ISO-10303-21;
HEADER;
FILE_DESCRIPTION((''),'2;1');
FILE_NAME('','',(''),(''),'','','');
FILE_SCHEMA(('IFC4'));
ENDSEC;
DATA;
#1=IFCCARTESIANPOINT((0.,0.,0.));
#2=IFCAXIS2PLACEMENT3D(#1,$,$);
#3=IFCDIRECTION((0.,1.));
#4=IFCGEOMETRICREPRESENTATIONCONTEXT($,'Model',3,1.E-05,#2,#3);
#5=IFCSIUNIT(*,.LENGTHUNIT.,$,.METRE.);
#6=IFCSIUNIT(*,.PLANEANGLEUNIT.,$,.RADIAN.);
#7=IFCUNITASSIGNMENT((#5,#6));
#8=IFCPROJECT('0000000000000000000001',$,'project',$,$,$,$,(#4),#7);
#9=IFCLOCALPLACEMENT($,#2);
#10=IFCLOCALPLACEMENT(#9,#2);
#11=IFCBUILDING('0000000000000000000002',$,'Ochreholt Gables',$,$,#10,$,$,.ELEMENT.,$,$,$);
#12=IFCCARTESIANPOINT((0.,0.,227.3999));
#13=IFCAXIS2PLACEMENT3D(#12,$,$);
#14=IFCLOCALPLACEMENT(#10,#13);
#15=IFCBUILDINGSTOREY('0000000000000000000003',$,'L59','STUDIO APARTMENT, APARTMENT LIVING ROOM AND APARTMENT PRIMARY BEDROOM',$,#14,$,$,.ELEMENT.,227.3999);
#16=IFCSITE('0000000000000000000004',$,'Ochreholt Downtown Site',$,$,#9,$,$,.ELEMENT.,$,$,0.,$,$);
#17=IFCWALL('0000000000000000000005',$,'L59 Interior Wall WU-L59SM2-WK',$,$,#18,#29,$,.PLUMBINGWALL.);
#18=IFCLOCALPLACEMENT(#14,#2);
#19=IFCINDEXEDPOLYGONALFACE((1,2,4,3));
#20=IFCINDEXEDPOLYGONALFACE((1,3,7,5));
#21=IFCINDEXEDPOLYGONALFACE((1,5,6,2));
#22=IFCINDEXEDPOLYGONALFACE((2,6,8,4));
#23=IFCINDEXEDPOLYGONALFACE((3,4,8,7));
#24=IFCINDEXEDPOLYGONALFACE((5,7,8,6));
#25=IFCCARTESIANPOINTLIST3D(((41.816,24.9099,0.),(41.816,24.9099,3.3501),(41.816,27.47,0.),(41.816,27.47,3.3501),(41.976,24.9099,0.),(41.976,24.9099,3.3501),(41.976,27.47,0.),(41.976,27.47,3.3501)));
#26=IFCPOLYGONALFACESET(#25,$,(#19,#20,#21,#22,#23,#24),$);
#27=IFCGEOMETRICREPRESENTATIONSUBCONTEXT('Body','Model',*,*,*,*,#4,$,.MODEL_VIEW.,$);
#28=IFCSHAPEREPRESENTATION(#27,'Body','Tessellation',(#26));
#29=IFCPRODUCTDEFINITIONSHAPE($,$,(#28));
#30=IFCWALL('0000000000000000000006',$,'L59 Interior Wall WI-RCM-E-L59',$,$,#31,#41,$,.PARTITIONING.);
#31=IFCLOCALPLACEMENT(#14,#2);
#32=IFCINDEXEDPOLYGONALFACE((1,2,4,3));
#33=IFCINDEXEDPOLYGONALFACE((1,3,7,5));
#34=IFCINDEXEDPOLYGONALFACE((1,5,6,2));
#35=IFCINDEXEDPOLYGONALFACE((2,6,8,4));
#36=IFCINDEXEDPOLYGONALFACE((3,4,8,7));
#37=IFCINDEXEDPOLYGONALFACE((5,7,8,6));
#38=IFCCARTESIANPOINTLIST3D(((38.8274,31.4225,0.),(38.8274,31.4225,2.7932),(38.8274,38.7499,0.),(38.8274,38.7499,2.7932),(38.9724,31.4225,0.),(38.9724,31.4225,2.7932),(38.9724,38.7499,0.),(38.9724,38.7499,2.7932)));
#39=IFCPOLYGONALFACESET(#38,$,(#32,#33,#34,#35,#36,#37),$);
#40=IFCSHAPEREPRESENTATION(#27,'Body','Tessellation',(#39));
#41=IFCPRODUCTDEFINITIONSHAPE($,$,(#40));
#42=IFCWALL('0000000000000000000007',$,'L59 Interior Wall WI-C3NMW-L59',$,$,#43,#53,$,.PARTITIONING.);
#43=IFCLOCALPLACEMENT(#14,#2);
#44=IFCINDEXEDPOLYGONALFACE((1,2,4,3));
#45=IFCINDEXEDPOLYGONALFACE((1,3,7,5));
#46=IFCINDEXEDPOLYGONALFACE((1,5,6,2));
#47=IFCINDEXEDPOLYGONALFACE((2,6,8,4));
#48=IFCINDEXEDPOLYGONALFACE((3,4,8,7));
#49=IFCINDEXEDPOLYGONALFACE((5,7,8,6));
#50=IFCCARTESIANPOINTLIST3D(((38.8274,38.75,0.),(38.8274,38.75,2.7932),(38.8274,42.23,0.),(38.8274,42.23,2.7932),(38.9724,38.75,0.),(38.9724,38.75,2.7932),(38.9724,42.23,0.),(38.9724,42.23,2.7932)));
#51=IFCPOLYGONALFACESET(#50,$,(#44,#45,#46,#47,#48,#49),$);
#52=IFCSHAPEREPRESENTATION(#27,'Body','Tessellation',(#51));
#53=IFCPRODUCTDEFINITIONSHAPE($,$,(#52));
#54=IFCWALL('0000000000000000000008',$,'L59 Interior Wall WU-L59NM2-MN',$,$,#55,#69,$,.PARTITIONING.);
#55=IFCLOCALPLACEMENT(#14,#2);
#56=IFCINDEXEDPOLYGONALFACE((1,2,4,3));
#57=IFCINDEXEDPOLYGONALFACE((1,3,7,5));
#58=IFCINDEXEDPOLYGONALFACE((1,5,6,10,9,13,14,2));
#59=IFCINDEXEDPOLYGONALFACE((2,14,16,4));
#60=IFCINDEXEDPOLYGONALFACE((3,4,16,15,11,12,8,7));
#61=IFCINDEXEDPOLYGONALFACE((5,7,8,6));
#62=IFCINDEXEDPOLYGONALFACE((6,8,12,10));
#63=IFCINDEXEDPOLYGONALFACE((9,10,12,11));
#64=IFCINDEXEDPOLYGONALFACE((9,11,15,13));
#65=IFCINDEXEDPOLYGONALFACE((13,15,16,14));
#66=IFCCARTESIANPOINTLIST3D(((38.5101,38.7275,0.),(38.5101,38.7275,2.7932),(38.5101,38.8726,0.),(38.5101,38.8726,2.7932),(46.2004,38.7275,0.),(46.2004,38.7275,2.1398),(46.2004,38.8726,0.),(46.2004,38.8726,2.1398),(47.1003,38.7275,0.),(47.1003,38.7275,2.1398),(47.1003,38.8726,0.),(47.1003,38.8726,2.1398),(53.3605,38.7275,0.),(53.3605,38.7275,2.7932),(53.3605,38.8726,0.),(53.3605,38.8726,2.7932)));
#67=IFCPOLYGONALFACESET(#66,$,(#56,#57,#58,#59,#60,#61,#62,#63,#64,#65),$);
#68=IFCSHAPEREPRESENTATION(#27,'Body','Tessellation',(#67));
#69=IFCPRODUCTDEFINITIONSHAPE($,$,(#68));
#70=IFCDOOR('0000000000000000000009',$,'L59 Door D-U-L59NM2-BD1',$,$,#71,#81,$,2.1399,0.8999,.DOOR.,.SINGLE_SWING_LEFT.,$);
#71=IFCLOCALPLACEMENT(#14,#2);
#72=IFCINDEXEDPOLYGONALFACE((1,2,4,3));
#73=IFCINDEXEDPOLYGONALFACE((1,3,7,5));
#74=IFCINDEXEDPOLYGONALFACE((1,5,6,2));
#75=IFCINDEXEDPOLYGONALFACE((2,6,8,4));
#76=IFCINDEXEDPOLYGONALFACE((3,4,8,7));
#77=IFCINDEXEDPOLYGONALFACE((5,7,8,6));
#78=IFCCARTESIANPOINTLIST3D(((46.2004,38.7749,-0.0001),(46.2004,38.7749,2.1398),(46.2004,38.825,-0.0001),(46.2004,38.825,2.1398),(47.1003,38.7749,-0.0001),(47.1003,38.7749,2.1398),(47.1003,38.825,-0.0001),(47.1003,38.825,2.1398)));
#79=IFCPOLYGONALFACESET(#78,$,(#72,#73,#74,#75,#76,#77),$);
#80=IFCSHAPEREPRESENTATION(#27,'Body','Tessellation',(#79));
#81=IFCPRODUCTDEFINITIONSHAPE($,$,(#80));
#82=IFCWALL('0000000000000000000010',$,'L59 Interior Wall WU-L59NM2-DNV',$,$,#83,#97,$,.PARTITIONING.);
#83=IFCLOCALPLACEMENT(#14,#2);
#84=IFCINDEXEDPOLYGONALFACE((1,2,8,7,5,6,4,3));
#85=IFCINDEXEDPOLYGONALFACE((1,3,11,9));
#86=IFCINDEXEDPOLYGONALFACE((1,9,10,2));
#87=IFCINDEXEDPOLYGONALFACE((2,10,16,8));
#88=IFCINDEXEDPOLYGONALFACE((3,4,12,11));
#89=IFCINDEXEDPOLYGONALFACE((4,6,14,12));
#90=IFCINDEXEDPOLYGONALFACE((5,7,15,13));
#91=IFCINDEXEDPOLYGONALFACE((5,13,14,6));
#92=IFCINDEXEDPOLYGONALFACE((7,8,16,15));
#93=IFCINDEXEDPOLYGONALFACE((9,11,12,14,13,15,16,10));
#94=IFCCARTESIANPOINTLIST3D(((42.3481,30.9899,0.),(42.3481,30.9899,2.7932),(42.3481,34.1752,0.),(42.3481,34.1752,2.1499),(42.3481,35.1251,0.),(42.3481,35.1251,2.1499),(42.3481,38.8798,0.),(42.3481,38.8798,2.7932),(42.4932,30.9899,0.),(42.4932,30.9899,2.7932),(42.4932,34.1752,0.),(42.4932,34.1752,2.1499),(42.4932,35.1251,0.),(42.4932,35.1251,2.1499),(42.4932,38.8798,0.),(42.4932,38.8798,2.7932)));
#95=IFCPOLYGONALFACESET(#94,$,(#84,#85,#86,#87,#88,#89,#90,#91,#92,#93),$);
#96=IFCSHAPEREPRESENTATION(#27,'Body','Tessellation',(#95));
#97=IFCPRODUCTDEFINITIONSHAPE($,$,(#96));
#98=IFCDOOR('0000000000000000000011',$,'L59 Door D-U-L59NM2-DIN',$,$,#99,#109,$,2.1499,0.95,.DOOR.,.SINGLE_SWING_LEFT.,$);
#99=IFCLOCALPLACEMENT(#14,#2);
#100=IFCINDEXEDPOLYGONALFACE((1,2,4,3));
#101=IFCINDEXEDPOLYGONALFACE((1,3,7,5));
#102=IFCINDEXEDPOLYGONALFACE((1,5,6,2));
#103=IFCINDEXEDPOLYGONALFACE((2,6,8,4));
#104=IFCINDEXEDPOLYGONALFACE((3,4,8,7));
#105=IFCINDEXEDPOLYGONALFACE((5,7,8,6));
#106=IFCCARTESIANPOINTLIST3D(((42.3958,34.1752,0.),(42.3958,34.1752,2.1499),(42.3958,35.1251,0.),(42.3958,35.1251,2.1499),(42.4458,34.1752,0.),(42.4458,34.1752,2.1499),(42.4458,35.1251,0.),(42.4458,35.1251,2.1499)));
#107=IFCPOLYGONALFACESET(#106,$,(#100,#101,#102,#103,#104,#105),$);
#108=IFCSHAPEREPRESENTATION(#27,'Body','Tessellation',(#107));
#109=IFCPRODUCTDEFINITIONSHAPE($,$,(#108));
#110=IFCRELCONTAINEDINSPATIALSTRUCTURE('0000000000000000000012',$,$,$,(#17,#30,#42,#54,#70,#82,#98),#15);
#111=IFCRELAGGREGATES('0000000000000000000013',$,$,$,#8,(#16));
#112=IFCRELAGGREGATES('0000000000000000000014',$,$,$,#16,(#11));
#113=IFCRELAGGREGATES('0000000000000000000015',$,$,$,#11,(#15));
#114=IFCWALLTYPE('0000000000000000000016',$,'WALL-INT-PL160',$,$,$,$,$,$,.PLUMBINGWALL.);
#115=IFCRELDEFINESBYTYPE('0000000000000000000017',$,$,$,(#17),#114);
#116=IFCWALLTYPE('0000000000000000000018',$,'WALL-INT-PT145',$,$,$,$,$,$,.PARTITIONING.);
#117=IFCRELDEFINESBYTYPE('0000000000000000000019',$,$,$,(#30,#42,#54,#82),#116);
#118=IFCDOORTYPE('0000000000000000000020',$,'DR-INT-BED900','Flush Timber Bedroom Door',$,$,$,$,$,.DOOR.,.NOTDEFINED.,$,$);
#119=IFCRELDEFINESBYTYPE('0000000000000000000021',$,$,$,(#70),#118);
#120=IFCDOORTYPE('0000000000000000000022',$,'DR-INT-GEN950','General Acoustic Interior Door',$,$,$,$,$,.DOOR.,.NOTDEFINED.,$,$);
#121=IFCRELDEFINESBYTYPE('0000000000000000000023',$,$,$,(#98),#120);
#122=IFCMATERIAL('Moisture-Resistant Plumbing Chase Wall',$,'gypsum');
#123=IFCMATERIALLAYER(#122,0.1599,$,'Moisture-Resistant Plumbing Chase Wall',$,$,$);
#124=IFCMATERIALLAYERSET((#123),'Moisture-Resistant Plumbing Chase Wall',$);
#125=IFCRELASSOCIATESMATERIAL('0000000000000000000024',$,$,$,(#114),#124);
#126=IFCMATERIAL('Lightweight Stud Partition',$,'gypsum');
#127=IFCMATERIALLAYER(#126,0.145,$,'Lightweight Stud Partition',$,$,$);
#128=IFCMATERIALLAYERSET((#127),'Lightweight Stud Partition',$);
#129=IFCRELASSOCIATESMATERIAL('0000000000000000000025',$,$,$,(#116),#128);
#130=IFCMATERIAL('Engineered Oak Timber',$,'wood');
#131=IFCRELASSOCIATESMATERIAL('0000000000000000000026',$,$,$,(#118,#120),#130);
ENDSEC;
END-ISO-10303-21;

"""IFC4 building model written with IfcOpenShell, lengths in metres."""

from ifc_helpers import new_model, si_unit, direction, frame, frame_2d, origin, place, context, subcontext, project, spatial, rectangle, extrude, material, layer, layer_set, type_object, element, fill, save


model = new_model("IFC4")

# Units and contexts
model_context = context("Model", 3, precision=1e-05, world=origin(), true_north=direction((0.0, 1.0)))
body_context = subcontext(model_context, "Body", "Model", "MODEL_VIEW")
ifc_project = project(units=[si_unit("LENGTHUNIT", "METRE"), si_unit("PLANEANGLEUNIT", "RADIAN")], contexts=[model_context])

# Site, building, storey
site_placement = place(None, origin())
site = spatial("IfcSite", under=ifc_project, at=site_placement, Name="Ochreholt Downtown Site", CompositionType="ELEMENT", RefElevation=0.0)
building_placement = place(site_placement, origin())
building = spatial("IfcBuilding", under=site, at=building_placement, Name="Ochreholt Gables", CompositionType="ELEMENT")
storey_placement = place(building_placement, frame((0.0, 0.0, 227.3999)))
storey = spatial("IfcBuildingStorey", under=building, at=storey_placement, Name="L59", Description="STUDIO APARTMENT, APARTMENT LIVING ROOM AND APARTMENT PRIMARY BEDROOM", CompositionType="ELEMENT", Elevation=227.3999)

# Shared definitions
ifc_material_1 = material(Name="Engineered Oak Timber", Category="wood")

# Shared definitions
ifc_material_2 = material(Name="Moisture-Resistant Plumbing Chase Wall", Category="gypsum")
ifc_layer_1 = layer(ifc_material_2, 0.1599, Name="Moisture-Resistant Plumbing Chase Wall")
ifc_layer_set_1 = layer_set([ifc_layer_1], Name="Moisture-Resistant Plumbing Chase Wall")
wall_type_1 = type_object("IfcWallType", Name="WALL-INT-PL160", PredefinedType="PLUMBINGWALL", material=ifc_layer_set_1)

# Walls
wall_1_placement = place(storey_placement, frame((41.896, 24.9099, 0.0), z_axis=(0.0, 0.0, 1.0), x_axis=(0.0, 1.0, 0.0)))
element("IfcWall", 1, at=wall_1_placement, inside=storey, type_object=wall_type_1, Name="L59 Interior Wall WU-L59SM2-WK", PredefinedType="PLUMBINGWALL", context=body_context, shape_type="SweptSolid", body=[
    extrude(rectangle(XDim=2.5601, YDim=0.1599, at=frame_2d((1.28, 0.0))), origin(), (0.0, 0.0, 1.0), 3.3501),
])
ifc_material_3 = material(Name="Lightweight Stud Partition", Category="gypsum")
ifc_layer_2 = layer(ifc_material_3, 0.145, Name="Lightweight Stud Partition")
ifc_layer_set_2 = layer_set([ifc_layer_2], Name="Lightweight Stud Partition")
wall_type_2 = type_object("IfcWallType", Name="WALL-INT-PT145", PredefinedType="PARTITIONING", material=ifc_layer_set_2)
wall_2_placement = place(storey_placement, frame((38.8999, 31.4226, 0.0), z_axis=(0.0, 0.0, 1.0), x_axis=(0.0, 1.0, 0.0)))
element("IfcWall", 2, at=wall_2_placement, inside=storey, type_object=wall_type_2, Name="L59 Interior Wall WI-RCM-E-L59", PredefinedType="PARTITIONING", context=body_context, shape_type="SweptSolid", body=[
    extrude(rectangle(XDim=7.3274, YDim=0.145, at=frame_2d((3.6636, 0.0))), origin(), (0.0, 0.0, 1.0), 2.7932),
])
wall_3_placement = place(storey_placement, frame((38.8999, 38.75, 0.0), z_axis=(0.0, 0.0, 1.0), x_axis=(0.0, 1.0, 0.0)))
element("IfcWall", 3, at=wall_3_placement, inside=storey, type_object=wall_type_2, Name="L59 Interior Wall WI-C3NMW-L59", PredefinedType="PARTITIONING", context=body_context, shape_type="SweptSolid", body=[
    extrude(rectangle(XDim=3.48, YDim=0.145, at=frame_2d((1.74, 0.0))), origin(), (0.0, 0.0, 1.0), 2.7932),
])

# Walls, openings, doors
wall_4_placement = place(storey_placement, frame((38.51, 38.8, 0.0), z_axis=(0.0, 0.0, 1.0), x_axis=(1.0, 0.0, 0.0)))
wall_4 = element("IfcWall", 4, at=wall_4_placement, inside=storey, type_object=wall_type_2, Name="L59 Interior Wall WU-L59NM2-MN", PredefinedType="PARTITIONING", context=body_context, shape_type="SweptSolid", body=[
    extrude(rectangle(XDim=14.8503, YDim=0.145, at=frame_2d((7.4253, 0.0))), origin(), (0.0, 0.0, 1.0), 2.7932),
])
opening_1_placement = place(wall_4_placement, frame((7.6904, 0.0, 0.0)))
opening_1 = element("IfcOpeningElement", 5, at=opening_1_placement, cuts=wall_4, PredefinedType="OPENING", context=body_context, shape_type="SweptSolid", body=[
    extrude(rectangle(XDim=0.8999, YDim=2.1399, at=frame_2d((0.45, 1.0698))), frame((0.0, 0.0825, 0.0), z_axis=(0.0, -1.0, 0.0), x_axis=(1.0, 0.0, 0.0)), (0.0, 0.0, 1.0), 0.165),
])
door_type_1 = type_object("IfcDoorType", Name="DR-INT-BED900", Description="Flush Timber Bedroom Door", OperationType="NOTDEFINED", PredefinedType="DOOR", material=ifc_material_1)
door_1_placement = place(opening_1_placement, origin())
door_1 = element("IfcDoor", 6, at=door_1_placement, inside=storey, type_object=door_type_1, Name="L59 Door D-U-L59NM2-BD1", OperationType="SINGLE_SWING_LEFT", OverallHeight=2.1399, OverallWidth=0.8999, PredefinedType="DOOR", context=body_context, shape_type="SweptSolid", body=[
    extrude(rectangle(XDim=0.8999, YDim=2.1399, at=frame_2d((0.45, 1.0698))), frame((0.0, 0.0249, 0.0), z_axis=(0.0, -1.0, 0.0), x_axis=(1.0, 0.0, 0.0)), (0.0, 0.0, 1.0), 0.05),
])
fill(opening_1, door_1)
wall_5_placement = place(storey_placement, frame((42.4207, 30.99, 0.0), z_axis=(0.0, 0.0, 1.0), x_axis=(0.0, 1.0, 0.0)))
wall_5 = element("IfcWall", 7, at=wall_5_placement, inside=storey, type_object=wall_type_2, Name="L59 Interior Wall WU-L59NM2-DNV", PredefinedType="PARTITIONING", context=body_context, shape_type="SweptSolid", body=[
    extrude(rectangle(XDim=7.8899, YDim=0.145, at=frame_2d((3.9448, 0.0))), origin(), (0.0, 0.0, 1.0), 2.7932),
])
opening_2_placement = place(wall_5_placement, frame((3.1851, 0.0, 0.0)))
opening_2 = element("IfcOpeningElement", 8, at=opening_2_placement, cuts=wall_5, PredefinedType="OPENING", context=body_context, shape_type="SweptSolid", body=[
    extrude(rectangle(XDim=0.95, YDim=2.1499, at=frame_2d((0.4751, 1.075))), frame((0.0, 0.0825, 0.0), z_axis=(0.0, -1.0, 0.0), x_axis=(1.0, 0.0, 0.0)), (0.0, 0.0, 1.0), 0.165),
])
door_type_2 = type_object("IfcDoorType", Name="DR-INT-GEN950", Description="General Acoustic Interior Door", OperationType="NOTDEFINED", PredefinedType="DOOR", material=ifc_material_1)
door_2_placement = place(opening_2_placement, origin())
door_2 = element("IfcDoor", 9, at=door_2_placement, inside=storey, type_object=door_type_2, Name="L59 Door D-U-L59NM2-DIN", OperationType="SINGLE_SWING_LEFT", OverallHeight=2.1499, OverallWidth=0.95, PredefinedType="DOOR", context=body_context, shape_type="SweptSolid", body=[
    extrude(rectangle(XDim=0.95, YDim=2.1499, at=frame_2d((0.4751, 1.075))), frame((0.0, 0.0249, 0.0), z_axis=(0.0, -1.0, 0.0), x_axis=(1.0, 0.0, 0.0)), (0.0, 0.0, 1.0), 0.05),
])
fill(opening_2, door_2)

save(model, "model.ifc")
